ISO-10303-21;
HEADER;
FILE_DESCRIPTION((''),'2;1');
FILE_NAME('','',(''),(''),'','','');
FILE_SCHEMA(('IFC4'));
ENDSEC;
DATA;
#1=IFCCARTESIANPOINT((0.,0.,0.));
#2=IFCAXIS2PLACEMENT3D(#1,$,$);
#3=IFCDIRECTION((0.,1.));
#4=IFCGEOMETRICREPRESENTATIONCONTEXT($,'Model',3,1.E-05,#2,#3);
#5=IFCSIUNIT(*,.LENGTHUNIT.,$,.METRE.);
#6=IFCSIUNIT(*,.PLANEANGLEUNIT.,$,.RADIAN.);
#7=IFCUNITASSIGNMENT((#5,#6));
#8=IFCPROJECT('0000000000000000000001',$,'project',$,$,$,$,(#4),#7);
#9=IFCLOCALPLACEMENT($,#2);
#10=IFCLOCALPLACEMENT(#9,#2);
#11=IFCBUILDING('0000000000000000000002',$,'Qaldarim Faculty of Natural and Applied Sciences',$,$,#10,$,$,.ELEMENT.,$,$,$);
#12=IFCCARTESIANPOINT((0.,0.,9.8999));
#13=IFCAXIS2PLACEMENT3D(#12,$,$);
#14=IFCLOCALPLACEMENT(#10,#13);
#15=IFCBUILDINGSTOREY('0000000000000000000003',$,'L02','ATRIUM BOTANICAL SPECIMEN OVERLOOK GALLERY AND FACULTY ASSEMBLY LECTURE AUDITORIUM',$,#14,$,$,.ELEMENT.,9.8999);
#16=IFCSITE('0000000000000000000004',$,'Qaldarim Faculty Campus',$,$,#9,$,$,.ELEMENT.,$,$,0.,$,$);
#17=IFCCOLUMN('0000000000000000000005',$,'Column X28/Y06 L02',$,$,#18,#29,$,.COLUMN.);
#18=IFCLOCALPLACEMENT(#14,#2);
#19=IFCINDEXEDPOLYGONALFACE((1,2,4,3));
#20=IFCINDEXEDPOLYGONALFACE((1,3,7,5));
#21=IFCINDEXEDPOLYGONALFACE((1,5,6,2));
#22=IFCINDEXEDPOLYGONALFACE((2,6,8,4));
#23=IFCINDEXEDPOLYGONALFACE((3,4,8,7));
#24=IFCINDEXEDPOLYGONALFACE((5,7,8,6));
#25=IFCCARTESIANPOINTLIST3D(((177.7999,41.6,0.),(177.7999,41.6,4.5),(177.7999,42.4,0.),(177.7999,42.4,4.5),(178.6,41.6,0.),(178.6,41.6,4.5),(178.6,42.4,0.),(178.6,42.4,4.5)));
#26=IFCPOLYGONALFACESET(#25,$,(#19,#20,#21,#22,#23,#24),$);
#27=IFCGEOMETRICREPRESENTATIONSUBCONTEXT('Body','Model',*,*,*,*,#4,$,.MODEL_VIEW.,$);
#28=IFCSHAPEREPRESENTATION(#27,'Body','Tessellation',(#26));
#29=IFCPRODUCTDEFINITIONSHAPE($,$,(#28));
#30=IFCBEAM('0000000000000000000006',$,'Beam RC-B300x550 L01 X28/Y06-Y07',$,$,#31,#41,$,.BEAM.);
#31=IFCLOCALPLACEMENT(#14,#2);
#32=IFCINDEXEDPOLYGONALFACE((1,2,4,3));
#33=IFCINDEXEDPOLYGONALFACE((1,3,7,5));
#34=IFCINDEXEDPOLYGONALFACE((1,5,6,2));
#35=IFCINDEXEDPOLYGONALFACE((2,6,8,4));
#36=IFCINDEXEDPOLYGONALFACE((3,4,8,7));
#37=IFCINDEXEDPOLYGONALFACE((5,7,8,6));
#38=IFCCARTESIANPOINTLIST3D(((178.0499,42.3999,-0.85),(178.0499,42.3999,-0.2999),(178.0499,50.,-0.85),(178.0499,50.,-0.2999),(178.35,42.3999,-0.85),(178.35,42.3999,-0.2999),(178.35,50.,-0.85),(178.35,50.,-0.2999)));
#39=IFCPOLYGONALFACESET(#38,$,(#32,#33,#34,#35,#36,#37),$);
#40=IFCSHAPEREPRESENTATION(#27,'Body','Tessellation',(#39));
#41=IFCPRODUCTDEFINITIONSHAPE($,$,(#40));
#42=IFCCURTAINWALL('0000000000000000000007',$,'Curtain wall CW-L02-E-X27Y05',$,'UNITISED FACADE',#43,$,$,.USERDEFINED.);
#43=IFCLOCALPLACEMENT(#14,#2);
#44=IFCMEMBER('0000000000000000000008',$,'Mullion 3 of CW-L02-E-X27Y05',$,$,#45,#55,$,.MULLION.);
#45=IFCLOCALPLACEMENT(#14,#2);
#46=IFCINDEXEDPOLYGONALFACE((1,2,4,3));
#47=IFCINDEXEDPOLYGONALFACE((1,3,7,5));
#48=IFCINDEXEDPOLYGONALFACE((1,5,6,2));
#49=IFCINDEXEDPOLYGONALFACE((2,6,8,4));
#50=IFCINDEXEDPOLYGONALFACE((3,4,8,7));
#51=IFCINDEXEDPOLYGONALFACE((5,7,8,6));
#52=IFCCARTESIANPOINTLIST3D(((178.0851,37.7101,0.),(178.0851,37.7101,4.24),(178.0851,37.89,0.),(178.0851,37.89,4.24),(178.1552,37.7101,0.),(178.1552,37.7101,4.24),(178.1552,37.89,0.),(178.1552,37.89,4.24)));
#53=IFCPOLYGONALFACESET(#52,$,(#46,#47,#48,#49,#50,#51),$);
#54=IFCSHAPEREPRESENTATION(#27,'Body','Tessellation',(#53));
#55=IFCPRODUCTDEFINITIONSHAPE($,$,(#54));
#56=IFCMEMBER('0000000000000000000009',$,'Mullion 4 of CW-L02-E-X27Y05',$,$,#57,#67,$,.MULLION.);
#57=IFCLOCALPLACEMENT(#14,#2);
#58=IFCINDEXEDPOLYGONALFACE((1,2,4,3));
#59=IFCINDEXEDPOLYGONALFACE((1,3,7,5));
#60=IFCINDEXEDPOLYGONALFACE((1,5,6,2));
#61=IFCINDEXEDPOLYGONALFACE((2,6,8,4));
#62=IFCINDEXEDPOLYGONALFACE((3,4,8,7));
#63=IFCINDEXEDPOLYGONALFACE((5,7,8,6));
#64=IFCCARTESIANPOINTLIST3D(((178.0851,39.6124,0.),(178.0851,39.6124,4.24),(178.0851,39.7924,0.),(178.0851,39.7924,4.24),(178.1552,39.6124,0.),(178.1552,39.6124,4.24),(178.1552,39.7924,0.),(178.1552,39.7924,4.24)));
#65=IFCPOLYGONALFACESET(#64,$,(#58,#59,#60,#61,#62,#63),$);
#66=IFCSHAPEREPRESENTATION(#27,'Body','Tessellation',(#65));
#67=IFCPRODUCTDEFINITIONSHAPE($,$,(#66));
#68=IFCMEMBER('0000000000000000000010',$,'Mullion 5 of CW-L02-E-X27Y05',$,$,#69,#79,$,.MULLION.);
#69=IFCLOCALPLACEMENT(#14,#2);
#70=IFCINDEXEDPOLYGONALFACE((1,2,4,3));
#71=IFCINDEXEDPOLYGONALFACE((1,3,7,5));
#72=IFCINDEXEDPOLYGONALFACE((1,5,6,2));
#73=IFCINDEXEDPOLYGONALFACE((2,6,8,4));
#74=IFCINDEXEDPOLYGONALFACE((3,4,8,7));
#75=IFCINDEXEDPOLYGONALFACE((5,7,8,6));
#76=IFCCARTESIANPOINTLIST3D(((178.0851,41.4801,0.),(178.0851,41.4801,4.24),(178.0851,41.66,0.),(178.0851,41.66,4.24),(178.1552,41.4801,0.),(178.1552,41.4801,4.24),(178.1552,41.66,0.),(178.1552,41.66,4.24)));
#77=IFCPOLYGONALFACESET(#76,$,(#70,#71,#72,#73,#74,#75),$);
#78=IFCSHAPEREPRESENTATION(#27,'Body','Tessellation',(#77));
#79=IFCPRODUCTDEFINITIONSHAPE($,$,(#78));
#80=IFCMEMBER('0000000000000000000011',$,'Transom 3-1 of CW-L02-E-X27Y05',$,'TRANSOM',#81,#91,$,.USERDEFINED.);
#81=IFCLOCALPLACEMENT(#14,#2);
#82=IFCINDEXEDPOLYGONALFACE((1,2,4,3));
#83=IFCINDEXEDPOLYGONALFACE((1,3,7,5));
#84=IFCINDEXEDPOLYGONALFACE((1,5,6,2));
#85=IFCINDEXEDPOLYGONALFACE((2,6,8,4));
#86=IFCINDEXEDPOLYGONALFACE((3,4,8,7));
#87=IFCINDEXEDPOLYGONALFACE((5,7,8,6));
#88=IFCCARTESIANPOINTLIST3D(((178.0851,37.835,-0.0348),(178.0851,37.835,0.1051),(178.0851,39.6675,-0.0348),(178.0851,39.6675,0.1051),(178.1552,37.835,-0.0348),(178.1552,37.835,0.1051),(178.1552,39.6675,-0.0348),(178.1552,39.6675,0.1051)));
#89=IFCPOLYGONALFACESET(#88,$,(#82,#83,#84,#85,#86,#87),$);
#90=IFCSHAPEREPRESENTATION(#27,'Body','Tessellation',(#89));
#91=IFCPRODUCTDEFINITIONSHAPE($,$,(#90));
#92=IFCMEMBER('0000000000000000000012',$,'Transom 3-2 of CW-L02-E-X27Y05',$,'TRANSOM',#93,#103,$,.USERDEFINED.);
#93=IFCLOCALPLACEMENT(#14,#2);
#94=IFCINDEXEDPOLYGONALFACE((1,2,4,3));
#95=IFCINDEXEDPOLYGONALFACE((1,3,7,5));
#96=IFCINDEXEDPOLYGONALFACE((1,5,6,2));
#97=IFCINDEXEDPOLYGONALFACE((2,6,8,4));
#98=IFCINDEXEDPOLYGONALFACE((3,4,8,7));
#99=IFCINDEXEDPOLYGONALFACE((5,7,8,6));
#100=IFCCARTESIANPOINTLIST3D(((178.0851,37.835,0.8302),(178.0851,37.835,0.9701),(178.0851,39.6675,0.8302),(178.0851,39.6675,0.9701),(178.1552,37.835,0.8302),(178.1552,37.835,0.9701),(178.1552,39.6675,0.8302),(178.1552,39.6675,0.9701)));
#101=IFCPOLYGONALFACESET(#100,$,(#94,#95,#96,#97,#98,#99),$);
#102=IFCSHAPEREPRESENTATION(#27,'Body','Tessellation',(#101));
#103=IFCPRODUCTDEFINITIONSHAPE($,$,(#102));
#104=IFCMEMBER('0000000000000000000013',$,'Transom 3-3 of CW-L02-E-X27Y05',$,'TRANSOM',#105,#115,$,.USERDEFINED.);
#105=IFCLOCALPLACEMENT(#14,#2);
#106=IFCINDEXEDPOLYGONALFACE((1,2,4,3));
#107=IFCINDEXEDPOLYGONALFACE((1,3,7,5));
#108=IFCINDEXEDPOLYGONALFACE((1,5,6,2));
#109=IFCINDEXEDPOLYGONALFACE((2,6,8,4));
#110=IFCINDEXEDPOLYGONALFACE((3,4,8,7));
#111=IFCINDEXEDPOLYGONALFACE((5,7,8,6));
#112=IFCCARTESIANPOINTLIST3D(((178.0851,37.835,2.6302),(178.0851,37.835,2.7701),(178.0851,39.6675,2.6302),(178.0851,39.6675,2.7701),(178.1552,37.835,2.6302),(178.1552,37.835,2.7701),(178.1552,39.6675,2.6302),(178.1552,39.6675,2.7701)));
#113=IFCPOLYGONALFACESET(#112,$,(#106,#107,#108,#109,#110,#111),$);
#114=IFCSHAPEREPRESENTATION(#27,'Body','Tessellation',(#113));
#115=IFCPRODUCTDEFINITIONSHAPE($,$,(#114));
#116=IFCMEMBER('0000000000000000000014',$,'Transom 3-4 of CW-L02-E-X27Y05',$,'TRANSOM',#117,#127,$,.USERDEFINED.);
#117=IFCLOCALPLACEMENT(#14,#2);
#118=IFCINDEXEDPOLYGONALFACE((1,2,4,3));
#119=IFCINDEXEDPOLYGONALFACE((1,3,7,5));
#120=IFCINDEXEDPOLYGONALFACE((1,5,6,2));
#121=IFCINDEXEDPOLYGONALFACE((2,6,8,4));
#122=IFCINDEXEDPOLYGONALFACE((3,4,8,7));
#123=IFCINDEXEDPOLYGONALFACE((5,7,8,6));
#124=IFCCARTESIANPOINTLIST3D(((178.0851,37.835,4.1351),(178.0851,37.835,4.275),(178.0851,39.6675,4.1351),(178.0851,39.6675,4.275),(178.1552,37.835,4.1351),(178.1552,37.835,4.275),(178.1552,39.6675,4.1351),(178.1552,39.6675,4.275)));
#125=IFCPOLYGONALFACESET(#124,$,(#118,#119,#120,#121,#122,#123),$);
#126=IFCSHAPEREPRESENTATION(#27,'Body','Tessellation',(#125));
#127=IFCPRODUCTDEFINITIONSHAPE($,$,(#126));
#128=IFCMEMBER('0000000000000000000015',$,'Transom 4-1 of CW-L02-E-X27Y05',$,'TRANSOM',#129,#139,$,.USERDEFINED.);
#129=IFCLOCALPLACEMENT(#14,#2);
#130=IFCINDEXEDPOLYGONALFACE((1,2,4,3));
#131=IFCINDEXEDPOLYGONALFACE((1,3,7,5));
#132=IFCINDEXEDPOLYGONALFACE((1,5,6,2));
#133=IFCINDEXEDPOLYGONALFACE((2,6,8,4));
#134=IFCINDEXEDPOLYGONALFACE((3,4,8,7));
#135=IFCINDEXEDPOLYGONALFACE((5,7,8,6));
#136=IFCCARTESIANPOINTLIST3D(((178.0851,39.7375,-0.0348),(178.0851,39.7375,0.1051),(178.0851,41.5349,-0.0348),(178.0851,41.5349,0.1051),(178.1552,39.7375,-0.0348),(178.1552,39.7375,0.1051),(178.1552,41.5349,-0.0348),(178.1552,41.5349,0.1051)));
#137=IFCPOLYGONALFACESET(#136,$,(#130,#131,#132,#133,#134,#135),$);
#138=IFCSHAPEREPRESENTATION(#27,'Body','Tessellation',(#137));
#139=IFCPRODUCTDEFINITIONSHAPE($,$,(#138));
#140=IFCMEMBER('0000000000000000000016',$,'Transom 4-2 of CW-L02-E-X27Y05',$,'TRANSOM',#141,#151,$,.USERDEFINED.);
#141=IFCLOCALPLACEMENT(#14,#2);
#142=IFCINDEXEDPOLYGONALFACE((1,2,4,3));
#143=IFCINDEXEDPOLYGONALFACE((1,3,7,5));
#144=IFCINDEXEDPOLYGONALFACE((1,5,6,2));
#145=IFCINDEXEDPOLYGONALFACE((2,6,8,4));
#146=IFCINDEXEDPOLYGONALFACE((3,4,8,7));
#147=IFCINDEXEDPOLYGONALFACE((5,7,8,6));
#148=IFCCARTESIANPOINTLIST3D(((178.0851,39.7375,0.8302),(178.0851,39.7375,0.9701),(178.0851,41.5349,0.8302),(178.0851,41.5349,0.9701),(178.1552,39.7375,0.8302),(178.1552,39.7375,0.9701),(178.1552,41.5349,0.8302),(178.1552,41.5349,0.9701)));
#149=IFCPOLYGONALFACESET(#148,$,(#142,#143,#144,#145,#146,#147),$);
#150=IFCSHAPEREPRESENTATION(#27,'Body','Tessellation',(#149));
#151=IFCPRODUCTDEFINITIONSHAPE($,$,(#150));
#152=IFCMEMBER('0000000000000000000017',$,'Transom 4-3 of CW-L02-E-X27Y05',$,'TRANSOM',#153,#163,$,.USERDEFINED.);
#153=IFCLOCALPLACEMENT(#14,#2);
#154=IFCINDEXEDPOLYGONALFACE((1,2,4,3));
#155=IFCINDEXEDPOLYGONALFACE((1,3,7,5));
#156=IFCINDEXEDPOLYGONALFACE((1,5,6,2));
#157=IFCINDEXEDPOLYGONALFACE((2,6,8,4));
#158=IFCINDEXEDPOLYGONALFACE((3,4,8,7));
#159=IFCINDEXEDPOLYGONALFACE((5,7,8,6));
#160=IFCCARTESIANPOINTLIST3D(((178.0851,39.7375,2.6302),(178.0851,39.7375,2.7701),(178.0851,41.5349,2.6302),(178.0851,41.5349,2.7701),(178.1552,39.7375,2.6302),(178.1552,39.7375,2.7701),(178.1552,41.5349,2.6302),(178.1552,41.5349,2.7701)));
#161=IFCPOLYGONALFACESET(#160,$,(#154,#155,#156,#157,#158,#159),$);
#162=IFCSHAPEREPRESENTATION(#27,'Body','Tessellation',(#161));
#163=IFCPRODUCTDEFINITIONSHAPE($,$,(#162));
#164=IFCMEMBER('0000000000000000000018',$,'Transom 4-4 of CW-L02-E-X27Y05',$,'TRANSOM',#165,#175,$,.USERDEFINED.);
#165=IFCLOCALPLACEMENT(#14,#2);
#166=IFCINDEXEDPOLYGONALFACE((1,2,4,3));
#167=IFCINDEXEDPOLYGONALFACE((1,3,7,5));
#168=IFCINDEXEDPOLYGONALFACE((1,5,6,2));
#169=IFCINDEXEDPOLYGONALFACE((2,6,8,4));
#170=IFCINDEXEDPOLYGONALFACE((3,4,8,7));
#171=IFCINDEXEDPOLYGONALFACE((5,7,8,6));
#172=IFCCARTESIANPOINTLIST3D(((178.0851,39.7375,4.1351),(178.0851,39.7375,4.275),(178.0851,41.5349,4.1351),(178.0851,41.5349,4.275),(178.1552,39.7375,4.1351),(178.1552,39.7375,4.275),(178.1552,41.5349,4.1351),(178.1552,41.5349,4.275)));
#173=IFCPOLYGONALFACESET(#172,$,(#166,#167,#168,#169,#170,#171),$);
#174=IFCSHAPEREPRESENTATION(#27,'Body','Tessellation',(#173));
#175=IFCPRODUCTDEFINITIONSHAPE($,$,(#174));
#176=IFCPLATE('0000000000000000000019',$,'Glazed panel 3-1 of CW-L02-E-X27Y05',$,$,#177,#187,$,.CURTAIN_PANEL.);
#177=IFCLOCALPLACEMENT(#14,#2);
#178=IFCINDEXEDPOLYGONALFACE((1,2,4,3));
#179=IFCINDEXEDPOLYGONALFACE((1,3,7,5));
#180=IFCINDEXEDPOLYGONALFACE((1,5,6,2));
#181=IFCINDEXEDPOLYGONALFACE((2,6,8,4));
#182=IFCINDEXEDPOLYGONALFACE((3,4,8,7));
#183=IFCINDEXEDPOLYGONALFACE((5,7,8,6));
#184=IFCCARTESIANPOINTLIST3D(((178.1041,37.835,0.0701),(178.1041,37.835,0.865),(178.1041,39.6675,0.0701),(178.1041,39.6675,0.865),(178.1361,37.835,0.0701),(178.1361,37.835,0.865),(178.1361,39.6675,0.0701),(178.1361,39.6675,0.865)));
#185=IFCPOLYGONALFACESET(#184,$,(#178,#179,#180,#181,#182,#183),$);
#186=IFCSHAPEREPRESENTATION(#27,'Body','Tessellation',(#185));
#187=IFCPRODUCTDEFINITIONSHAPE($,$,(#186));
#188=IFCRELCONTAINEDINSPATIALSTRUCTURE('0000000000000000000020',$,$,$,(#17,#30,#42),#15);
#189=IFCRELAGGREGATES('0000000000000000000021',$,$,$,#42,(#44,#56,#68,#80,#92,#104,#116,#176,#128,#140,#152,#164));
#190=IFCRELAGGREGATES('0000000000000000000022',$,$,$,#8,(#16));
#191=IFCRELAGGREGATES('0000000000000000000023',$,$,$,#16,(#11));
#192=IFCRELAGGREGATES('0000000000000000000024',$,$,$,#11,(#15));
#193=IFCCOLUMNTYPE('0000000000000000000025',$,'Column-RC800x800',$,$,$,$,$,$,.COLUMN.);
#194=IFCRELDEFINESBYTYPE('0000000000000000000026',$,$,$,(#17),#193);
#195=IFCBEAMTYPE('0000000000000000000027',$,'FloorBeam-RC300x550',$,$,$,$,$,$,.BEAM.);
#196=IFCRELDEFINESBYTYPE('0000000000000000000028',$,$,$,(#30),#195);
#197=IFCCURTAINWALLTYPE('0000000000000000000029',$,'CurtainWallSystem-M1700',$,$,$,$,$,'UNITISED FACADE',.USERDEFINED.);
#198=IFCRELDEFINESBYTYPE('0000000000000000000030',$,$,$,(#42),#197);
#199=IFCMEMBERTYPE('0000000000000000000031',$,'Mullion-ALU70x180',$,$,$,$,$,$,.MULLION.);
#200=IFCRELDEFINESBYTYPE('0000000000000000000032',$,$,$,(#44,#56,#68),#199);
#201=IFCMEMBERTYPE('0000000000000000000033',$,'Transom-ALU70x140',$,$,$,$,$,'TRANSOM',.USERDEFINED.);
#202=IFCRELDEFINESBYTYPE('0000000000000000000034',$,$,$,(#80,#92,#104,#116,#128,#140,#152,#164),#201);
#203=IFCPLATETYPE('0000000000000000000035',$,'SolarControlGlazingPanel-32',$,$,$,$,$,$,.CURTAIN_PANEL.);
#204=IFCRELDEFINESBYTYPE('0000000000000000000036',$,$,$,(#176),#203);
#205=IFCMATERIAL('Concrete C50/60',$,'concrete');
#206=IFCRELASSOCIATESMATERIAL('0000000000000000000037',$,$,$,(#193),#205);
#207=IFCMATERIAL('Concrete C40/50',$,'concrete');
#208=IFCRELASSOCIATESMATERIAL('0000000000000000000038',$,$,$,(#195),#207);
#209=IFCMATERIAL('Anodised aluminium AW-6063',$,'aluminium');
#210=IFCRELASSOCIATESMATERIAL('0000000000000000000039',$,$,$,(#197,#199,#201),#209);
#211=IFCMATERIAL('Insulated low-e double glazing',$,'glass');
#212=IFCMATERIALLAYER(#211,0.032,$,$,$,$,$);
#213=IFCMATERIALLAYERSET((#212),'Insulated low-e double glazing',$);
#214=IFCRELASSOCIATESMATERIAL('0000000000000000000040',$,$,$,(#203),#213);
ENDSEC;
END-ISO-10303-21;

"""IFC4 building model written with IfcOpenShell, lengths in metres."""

from ifc_helpers import new_model, si_unit, direction, frame, origin, origin_2d, place, context, subcontext, project, spatial, rectangle, extrude, material, layer, layer_set, material_profile, profile_set, type_object, element, aggregate, save


model = new_model("IFC4")

# Units and contexts
model_context = context("Model", 3, precision=1e-05, world=origin(), true_north=direction((0.0, 1.0)))
body_context = subcontext(model_context, "Body", "Model", "MODEL_VIEW")
ifc_project = project(units=[si_unit("LENGTHUNIT", "METRE"), si_unit("PLANEANGLEUNIT", "RADIAN")], contexts=[model_context])

# Site, building, storey
site_placement = place(None, origin())
site = spatial("IfcSite", under=ifc_project, at=site_placement, Name="Qaldarim Faculty Campus", CompositionType="ELEMENT", RefElevation=0.0)
building_placement = place(site_placement, origin())
building = spatial("IfcBuilding", under=site, at=building_placement, Name="Qaldarim Faculty of Natural and Applied Sciences", CompositionType="ELEMENT")
storey_placement = place(building_placement, frame((0.0, 0.0, 9.8999)))
storey = spatial("IfcBuildingStorey", under=building, at=storey_placement, Name="L02", Description="ATRIUM BOTANICAL SPECIMEN OVERLOOK GALLERY AND FACULTY ASSEMBLY LECTURE AUDITORIUM", CompositionType="ELEMENT", Elevation=9.8999)

# Column
ifc_material_1 = material(Name="Concrete C50/60", Category="concrete")
ifc_material_profile_1 = material_profile(ifc_material_1, rectangle(XDim=0.8, YDim=0.8, at=origin_2d()), Name="RC-C800x800")
ifc_profile_set_1 = profile_set([ifc_material_profile_1], Name="Concrete C50/60")
column_type = type_object("IfcColumnType", Name="Column-RC800x800", PredefinedType="COLUMN", material=ifc_profile_set_1)
column_placement = place(storey_placement, frame((178.2, 42.0, 0.0), z_axis=(0.0, 0.0, 1.0), x_axis=(1.0, 0.0, 0.0)))
element("IfcColumn", 1, at=column_placement, inside=storey, type_object=column_type, Name="Column X28/Y06 L02", PredefinedType="COLUMN", context=body_context, shape_type="SweptSolid", body=[
    extrude(rectangle(XDim=0.8, YDim=0.8, at=origin_2d()), origin(), (0.0, 0.0, 1.0), 4.5),
])

# Beam
ifc_material_2 = material(Name="Concrete C40/50", Category="concrete")
ifc_material_profile_2 = material_profile(ifc_material_2, rectangle(XDim=0.3, YDim=0.55, at=origin_2d()), Name="RC-B300x550")
ifc_profile_set_2 = profile_set([ifc_material_profile_2], Name="Concrete C40/50")
beam_type = type_object("IfcBeamType", Name="FloorBeam-RC300x550", PredefinedType="BEAM", material=ifc_profile_set_2)
beam_placement = place(storey_placement, frame((178.2, 42.3999, -0.575), z_axis=(0.0, 1.0, 0.0), x_axis=(-1.0, 0.0, 0.0)))
element("IfcBeam", 2, at=beam_placement, inside=storey, type_object=beam_type, Name="Beam RC-B300x550 L01 X28/Y06-Y07", PredefinedType="BEAM", context=body_context, shape_type="SweptSolid", body=[
    extrude(rectangle(XDim=0.3, YDim=0.55, at=origin_2d()), origin(), (0.0, 0.0, 1.0), 7.6001),
])

# Curtain wall, members, plate
ifc_material_3 = material(Name="Anodised aluminium AW-6063", Category="aluminium")
curtain_wall_type = type_object("IfcCurtainWallType", Name="CurtainWallSystem-M1700", ElementType="UNITISED FACADE", PredefinedType="USERDEFINED", material=ifc_material_3)
curtain_wall_placement = place(storey_placement, origin())
curtain_wall = element("IfcCurtainWall", 3, at=curtain_wall_placement, inside=storey, type_object=curtain_wall_type, Name="Curtain wall CW-L02-E-X27Y05", ObjectType="UNITISED FACADE", PredefinedType="USERDEFINED")
ifc_material_profile_3 = material_profile(ifc_material_3, rectangle(XDim=0.0701, YDim=0.1799, at=origin_2d()), Name="ALU-M70x180")
ifc_profile_set_3 = profile_set([ifc_material_profile_3], Name="Anodised aluminium AW-6063")
member_type_1 = type_object("IfcMemberType", Name="Mullion-ALU70x180", PredefinedType="MULLION", material=ifc_profile_set_3)
member_1_placement = place(storey_placement, frame((178.1201, 37.8, 0.0), z_axis=(0.0, 0.0, 1.0), x_axis=(-1.0, 0.0, 0.0)))
member_1 = element("IfcMember", 4, at=member_1_placement, type_object=member_type_1, Name="Mullion 3 of CW-L02-E-X27Y05", PredefinedType="MULLION", context=body_context, shape_type="SweptSolid", body=[
    extrude(rectangle(XDim=0.0701, YDim=0.1799, at=origin_2d()), origin(), (0.0, 0.0, 1.0), 4.24),
])
member_2_placement = place(storey_placement, frame((178.1201, 39.7024, 0.0), z_axis=(0.0, 0.0, 1.0), x_axis=(-1.0, 0.0, 0.0)))
member_2 = element("IfcMember", 5, at=member_2_placement, type_object=member_type_1, Name="Mullion 4 of CW-L02-E-X27Y05", PredefinedType="MULLION", context=body_context, shape_type="SweptSolid", body=[
    extrude(rectangle(XDim=0.0701, YDim=0.1799, at=origin_2d()), origin(), (0.0, 0.0, 1.0), 4.24),
])
member_3_placement = place(storey_placement, frame((178.1201, 41.5701, 0.0), z_axis=(0.0, 0.0, 1.0), x_axis=(-1.0, 0.0, 0.0)))
member_3 = element("IfcMember", 6, at=member_3_placement, type_object=member_type_1, Name="Mullion 5 of CW-L02-E-X27Y05", PredefinedType="MULLION", context=body_context, shape_type="SweptSolid", body=[
    extrude(rectangle(XDim=0.0701, YDim=0.1799, at=origin_2d()), origin(), (0.0, 0.0, 1.0), 4.24),
])
ifc_material_profile_4 = material_profile(ifc_material_3, rectangle(XDim=0.0701, YDim=0.1399, at=origin_2d()), Name="ALU-T70x140")
ifc_profile_set_4 = profile_set([ifc_material_profile_4], Name="Anodised aluminium AW-6063")
member_type_2 = type_object("IfcMemberType", Name="Transom-ALU70x140", ElementType="TRANSOM", PredefinedType="USERDEFINED", material=ifc_profile_set_4)
member_4_placement = place(storey_placement, frame((178.1201, 37.835, 0.0352), z_axis=(0.0, 1.0, 0.0), x_axis=(-1.0, 0.0, 0.0)))
member_4 = element("IfcMember", 7, at=member_4_placement, type_object=member_type_2, Name="Transom 3-1 of CW-L02-E-X27Y05", ObjectType="TRANSOM", PredefinedType="USERDEFINED", context=body_context, shape_type="SweptSolid", body=[
    extrude(rectangle(XDim=0.0701, YDim=0.1399, at=origin_2d()), origin(), (0.0, 0.0, 1.0), 1.8325),
])
member_5_placement = place(storey_placement, frame((178.1201, 37.835, 0.9001), z_axis=(0.0, 1.0, 0.0), x_axis=(-1.0, 0.0, 0.0)))
member_5 = element("IfcMember", 8, at=member_5_placement, type_object=member_type_2, Name="Transom 3-2 of CW-L02-E-X27Y05", ObjectType="TRANSOM", PredefinedType="USERDEFINED", context=body_context, shape_type="SweptSolid", body=[
    extrude(rectangle(XDim=0.0701, YDim=0.1399, at=origin_2d()), origin(), (0.0, 0.0, 1.0), 1.8325),
])
member_6_placement = place(storey_placement, frame((178.1201, 37.835, 2.7002), z_axis=(0.0, 1.0, 0.0), x_axis=(-1.0, 0.0, 0.0)))
member_6 = element("IfcMember", 9, at=member_6_placement, type_object=member_type_2, Name="Transom 3-3 of CW-L02-E-X27Y05", ObjectType="TRANSOM", PredefinedType="USERDEFINED", context=body_context, shape_type="SweptSolid", body=[
    extrude(rectangle(XDim=0.0701, YDim=0.1399, at=origin_2d()), origin(), (0.0, 0.0, 1.0), 1.8325),
])
member_7_placement = place(storey_placement, frame((178.1201, 37.835, 4.2051), z_axis=(0.0, 1.0, 0.0), x_axis=(-1.0, 0.0, 0.0)))
member_7 = element("IfcMember", 10, at=member_7_placement, type_object=member_type_2, Name="Transom 3-4 of CW-L02-E-X27Y05", ObjectType="TRANSOM", PredefinedType="USERDEFINED", context=body_context, shape_type="SweptSolid", body=[
    extrude(rectangle(XDim=0.0701, YDim=0.1399, at=origin_2d()), origin(), (0.0, 0.0, 1.0), 1.8325),
])
member_8_placement = place(storey_placement, frame((178.1201, 39.7375, 0.0352), z_axis=(0.0, 1.0, 0.0), x_axis=(-1.0, 0.0, 0.0)))
member_8 = element("IfcMember", 11, at=member_8_placement, type_object=member_type_2, Name="Transom 4-1 of CW-L02-E-X27Y05", ObjectType="TRANSOM", PredefinedType="USERDEFINED", context=body_context, shape_type="SweptSolid", body=[
    extrude(rectangle(XDim=0.0701, YDim=0.1399, at=origin_2d()), origin(), (0.0, 0.0, 1.0), 1.7974),
])
member_9_placement = place(storey_placement, frame((178.1201, 39.7375, 0.9001), z_axis=(0.0, 1.0, 0.0), x_axis=(-1.0, 0.0, 0.0)))
member_9 = element("IfcMember", 12, at=member_9_placement, type_object=member_type_2, Name="Transom 4-2 of CW-L02-E-X27Y05", ObjectType="TRANSOM", PredefinedType="USERDEFINED", context=body_context, shape_type="SweptSolid", body=[
    extrude(rectangle(XDim=0.0701, YDim=0.1399, at=origin_2d()), origin(), (0.0, 0.0, 1.0), 1.7974),
])
member_10_placement = place(storey_placement, frame((178.1201, 39.7375, 2.7002), z_axis=(0.0, 1.0, 0.0), x_axis=(-1.0, 0.0, 0.0)))
member_10 = element("IfcMember", 13, at=member_10_placement, type_object=member_type_2, Name="Transom 4-3 of CW-L02-E-X27Y05", ObjectType="TRANSOM", PredefinedType="USERDEFINED", context=body_context, shape_type="SweptSolid", body=[
    extrude(rectangle(XDim=0.0701, YDim=0.1399, at=origin_2d()), origin(), (0.0, 0.0, 1.0), 1.7974),
])
member_11_placement = place(storey_placement, frame((178.1201, 39.7375, 4.2051), z_axis=(0.0, 1.0, 0.0), x_axis=(-1.0, 0.0, 0.0)))
member_11 = element("IfcMember", 14, at=member_11_placement, type_object=member_type_2, Name="Transom 4-4 of CW-L02-E-X27Y05", ObjectType="TRANSOM", PredefinedType="USERDEFINED", context=body_context, shape_type="SweptSolid", body=[
    extrude(rectangle(XDim=0.0701, YDim=0.1399, at=origin_2d()), origin(), (0.0, 0.0, 1.0), 1.7974),
])
ifc_material_4 = material(Name="Insulated low-e double glazing", Category="glass")
ifc_layer_1 = layer(ifc_material_4, 0.032)
ifc_layer_set_1 = layer_set([ifc_layer_1], Name="Insulated low-e double glazing")
plate_type = type_object("IfcPlateType", Name="SolarControlGlazingPanel-32", PredefinedType="CURTAIN_PANEL", material=ifc_layer_set_1)
plate_1_placement = place(storey_placement, frame((178.1201, 38.7512, 0.0701), z_axis=(0.0, 0.0, 1.0), x_axis=(0.0, 1.0, 0.0)))
plate_1 = element("IfcPlate", 15, at=plate_1_placement, type_object=plate_type, Name="Glazed panel 3-1 of CW-L02-E-X27Y05", PredefinedType="CURTAIN_PANEL", context=body_context, shape_type="SweptSolid", body=[
    extrude(rectangle(XDim=1.8325, YDim=0.032, at=origin_2d()), origin(), (0.0, 0.0, 1.0), 0.7949),
])
aggregate(curtain_wall, [member_1, member_2, member_3, member_4, member_5, member_6, member_7, plate_1, member_8, member_9, member_10, member_11])

save(model, "model.ifc")
